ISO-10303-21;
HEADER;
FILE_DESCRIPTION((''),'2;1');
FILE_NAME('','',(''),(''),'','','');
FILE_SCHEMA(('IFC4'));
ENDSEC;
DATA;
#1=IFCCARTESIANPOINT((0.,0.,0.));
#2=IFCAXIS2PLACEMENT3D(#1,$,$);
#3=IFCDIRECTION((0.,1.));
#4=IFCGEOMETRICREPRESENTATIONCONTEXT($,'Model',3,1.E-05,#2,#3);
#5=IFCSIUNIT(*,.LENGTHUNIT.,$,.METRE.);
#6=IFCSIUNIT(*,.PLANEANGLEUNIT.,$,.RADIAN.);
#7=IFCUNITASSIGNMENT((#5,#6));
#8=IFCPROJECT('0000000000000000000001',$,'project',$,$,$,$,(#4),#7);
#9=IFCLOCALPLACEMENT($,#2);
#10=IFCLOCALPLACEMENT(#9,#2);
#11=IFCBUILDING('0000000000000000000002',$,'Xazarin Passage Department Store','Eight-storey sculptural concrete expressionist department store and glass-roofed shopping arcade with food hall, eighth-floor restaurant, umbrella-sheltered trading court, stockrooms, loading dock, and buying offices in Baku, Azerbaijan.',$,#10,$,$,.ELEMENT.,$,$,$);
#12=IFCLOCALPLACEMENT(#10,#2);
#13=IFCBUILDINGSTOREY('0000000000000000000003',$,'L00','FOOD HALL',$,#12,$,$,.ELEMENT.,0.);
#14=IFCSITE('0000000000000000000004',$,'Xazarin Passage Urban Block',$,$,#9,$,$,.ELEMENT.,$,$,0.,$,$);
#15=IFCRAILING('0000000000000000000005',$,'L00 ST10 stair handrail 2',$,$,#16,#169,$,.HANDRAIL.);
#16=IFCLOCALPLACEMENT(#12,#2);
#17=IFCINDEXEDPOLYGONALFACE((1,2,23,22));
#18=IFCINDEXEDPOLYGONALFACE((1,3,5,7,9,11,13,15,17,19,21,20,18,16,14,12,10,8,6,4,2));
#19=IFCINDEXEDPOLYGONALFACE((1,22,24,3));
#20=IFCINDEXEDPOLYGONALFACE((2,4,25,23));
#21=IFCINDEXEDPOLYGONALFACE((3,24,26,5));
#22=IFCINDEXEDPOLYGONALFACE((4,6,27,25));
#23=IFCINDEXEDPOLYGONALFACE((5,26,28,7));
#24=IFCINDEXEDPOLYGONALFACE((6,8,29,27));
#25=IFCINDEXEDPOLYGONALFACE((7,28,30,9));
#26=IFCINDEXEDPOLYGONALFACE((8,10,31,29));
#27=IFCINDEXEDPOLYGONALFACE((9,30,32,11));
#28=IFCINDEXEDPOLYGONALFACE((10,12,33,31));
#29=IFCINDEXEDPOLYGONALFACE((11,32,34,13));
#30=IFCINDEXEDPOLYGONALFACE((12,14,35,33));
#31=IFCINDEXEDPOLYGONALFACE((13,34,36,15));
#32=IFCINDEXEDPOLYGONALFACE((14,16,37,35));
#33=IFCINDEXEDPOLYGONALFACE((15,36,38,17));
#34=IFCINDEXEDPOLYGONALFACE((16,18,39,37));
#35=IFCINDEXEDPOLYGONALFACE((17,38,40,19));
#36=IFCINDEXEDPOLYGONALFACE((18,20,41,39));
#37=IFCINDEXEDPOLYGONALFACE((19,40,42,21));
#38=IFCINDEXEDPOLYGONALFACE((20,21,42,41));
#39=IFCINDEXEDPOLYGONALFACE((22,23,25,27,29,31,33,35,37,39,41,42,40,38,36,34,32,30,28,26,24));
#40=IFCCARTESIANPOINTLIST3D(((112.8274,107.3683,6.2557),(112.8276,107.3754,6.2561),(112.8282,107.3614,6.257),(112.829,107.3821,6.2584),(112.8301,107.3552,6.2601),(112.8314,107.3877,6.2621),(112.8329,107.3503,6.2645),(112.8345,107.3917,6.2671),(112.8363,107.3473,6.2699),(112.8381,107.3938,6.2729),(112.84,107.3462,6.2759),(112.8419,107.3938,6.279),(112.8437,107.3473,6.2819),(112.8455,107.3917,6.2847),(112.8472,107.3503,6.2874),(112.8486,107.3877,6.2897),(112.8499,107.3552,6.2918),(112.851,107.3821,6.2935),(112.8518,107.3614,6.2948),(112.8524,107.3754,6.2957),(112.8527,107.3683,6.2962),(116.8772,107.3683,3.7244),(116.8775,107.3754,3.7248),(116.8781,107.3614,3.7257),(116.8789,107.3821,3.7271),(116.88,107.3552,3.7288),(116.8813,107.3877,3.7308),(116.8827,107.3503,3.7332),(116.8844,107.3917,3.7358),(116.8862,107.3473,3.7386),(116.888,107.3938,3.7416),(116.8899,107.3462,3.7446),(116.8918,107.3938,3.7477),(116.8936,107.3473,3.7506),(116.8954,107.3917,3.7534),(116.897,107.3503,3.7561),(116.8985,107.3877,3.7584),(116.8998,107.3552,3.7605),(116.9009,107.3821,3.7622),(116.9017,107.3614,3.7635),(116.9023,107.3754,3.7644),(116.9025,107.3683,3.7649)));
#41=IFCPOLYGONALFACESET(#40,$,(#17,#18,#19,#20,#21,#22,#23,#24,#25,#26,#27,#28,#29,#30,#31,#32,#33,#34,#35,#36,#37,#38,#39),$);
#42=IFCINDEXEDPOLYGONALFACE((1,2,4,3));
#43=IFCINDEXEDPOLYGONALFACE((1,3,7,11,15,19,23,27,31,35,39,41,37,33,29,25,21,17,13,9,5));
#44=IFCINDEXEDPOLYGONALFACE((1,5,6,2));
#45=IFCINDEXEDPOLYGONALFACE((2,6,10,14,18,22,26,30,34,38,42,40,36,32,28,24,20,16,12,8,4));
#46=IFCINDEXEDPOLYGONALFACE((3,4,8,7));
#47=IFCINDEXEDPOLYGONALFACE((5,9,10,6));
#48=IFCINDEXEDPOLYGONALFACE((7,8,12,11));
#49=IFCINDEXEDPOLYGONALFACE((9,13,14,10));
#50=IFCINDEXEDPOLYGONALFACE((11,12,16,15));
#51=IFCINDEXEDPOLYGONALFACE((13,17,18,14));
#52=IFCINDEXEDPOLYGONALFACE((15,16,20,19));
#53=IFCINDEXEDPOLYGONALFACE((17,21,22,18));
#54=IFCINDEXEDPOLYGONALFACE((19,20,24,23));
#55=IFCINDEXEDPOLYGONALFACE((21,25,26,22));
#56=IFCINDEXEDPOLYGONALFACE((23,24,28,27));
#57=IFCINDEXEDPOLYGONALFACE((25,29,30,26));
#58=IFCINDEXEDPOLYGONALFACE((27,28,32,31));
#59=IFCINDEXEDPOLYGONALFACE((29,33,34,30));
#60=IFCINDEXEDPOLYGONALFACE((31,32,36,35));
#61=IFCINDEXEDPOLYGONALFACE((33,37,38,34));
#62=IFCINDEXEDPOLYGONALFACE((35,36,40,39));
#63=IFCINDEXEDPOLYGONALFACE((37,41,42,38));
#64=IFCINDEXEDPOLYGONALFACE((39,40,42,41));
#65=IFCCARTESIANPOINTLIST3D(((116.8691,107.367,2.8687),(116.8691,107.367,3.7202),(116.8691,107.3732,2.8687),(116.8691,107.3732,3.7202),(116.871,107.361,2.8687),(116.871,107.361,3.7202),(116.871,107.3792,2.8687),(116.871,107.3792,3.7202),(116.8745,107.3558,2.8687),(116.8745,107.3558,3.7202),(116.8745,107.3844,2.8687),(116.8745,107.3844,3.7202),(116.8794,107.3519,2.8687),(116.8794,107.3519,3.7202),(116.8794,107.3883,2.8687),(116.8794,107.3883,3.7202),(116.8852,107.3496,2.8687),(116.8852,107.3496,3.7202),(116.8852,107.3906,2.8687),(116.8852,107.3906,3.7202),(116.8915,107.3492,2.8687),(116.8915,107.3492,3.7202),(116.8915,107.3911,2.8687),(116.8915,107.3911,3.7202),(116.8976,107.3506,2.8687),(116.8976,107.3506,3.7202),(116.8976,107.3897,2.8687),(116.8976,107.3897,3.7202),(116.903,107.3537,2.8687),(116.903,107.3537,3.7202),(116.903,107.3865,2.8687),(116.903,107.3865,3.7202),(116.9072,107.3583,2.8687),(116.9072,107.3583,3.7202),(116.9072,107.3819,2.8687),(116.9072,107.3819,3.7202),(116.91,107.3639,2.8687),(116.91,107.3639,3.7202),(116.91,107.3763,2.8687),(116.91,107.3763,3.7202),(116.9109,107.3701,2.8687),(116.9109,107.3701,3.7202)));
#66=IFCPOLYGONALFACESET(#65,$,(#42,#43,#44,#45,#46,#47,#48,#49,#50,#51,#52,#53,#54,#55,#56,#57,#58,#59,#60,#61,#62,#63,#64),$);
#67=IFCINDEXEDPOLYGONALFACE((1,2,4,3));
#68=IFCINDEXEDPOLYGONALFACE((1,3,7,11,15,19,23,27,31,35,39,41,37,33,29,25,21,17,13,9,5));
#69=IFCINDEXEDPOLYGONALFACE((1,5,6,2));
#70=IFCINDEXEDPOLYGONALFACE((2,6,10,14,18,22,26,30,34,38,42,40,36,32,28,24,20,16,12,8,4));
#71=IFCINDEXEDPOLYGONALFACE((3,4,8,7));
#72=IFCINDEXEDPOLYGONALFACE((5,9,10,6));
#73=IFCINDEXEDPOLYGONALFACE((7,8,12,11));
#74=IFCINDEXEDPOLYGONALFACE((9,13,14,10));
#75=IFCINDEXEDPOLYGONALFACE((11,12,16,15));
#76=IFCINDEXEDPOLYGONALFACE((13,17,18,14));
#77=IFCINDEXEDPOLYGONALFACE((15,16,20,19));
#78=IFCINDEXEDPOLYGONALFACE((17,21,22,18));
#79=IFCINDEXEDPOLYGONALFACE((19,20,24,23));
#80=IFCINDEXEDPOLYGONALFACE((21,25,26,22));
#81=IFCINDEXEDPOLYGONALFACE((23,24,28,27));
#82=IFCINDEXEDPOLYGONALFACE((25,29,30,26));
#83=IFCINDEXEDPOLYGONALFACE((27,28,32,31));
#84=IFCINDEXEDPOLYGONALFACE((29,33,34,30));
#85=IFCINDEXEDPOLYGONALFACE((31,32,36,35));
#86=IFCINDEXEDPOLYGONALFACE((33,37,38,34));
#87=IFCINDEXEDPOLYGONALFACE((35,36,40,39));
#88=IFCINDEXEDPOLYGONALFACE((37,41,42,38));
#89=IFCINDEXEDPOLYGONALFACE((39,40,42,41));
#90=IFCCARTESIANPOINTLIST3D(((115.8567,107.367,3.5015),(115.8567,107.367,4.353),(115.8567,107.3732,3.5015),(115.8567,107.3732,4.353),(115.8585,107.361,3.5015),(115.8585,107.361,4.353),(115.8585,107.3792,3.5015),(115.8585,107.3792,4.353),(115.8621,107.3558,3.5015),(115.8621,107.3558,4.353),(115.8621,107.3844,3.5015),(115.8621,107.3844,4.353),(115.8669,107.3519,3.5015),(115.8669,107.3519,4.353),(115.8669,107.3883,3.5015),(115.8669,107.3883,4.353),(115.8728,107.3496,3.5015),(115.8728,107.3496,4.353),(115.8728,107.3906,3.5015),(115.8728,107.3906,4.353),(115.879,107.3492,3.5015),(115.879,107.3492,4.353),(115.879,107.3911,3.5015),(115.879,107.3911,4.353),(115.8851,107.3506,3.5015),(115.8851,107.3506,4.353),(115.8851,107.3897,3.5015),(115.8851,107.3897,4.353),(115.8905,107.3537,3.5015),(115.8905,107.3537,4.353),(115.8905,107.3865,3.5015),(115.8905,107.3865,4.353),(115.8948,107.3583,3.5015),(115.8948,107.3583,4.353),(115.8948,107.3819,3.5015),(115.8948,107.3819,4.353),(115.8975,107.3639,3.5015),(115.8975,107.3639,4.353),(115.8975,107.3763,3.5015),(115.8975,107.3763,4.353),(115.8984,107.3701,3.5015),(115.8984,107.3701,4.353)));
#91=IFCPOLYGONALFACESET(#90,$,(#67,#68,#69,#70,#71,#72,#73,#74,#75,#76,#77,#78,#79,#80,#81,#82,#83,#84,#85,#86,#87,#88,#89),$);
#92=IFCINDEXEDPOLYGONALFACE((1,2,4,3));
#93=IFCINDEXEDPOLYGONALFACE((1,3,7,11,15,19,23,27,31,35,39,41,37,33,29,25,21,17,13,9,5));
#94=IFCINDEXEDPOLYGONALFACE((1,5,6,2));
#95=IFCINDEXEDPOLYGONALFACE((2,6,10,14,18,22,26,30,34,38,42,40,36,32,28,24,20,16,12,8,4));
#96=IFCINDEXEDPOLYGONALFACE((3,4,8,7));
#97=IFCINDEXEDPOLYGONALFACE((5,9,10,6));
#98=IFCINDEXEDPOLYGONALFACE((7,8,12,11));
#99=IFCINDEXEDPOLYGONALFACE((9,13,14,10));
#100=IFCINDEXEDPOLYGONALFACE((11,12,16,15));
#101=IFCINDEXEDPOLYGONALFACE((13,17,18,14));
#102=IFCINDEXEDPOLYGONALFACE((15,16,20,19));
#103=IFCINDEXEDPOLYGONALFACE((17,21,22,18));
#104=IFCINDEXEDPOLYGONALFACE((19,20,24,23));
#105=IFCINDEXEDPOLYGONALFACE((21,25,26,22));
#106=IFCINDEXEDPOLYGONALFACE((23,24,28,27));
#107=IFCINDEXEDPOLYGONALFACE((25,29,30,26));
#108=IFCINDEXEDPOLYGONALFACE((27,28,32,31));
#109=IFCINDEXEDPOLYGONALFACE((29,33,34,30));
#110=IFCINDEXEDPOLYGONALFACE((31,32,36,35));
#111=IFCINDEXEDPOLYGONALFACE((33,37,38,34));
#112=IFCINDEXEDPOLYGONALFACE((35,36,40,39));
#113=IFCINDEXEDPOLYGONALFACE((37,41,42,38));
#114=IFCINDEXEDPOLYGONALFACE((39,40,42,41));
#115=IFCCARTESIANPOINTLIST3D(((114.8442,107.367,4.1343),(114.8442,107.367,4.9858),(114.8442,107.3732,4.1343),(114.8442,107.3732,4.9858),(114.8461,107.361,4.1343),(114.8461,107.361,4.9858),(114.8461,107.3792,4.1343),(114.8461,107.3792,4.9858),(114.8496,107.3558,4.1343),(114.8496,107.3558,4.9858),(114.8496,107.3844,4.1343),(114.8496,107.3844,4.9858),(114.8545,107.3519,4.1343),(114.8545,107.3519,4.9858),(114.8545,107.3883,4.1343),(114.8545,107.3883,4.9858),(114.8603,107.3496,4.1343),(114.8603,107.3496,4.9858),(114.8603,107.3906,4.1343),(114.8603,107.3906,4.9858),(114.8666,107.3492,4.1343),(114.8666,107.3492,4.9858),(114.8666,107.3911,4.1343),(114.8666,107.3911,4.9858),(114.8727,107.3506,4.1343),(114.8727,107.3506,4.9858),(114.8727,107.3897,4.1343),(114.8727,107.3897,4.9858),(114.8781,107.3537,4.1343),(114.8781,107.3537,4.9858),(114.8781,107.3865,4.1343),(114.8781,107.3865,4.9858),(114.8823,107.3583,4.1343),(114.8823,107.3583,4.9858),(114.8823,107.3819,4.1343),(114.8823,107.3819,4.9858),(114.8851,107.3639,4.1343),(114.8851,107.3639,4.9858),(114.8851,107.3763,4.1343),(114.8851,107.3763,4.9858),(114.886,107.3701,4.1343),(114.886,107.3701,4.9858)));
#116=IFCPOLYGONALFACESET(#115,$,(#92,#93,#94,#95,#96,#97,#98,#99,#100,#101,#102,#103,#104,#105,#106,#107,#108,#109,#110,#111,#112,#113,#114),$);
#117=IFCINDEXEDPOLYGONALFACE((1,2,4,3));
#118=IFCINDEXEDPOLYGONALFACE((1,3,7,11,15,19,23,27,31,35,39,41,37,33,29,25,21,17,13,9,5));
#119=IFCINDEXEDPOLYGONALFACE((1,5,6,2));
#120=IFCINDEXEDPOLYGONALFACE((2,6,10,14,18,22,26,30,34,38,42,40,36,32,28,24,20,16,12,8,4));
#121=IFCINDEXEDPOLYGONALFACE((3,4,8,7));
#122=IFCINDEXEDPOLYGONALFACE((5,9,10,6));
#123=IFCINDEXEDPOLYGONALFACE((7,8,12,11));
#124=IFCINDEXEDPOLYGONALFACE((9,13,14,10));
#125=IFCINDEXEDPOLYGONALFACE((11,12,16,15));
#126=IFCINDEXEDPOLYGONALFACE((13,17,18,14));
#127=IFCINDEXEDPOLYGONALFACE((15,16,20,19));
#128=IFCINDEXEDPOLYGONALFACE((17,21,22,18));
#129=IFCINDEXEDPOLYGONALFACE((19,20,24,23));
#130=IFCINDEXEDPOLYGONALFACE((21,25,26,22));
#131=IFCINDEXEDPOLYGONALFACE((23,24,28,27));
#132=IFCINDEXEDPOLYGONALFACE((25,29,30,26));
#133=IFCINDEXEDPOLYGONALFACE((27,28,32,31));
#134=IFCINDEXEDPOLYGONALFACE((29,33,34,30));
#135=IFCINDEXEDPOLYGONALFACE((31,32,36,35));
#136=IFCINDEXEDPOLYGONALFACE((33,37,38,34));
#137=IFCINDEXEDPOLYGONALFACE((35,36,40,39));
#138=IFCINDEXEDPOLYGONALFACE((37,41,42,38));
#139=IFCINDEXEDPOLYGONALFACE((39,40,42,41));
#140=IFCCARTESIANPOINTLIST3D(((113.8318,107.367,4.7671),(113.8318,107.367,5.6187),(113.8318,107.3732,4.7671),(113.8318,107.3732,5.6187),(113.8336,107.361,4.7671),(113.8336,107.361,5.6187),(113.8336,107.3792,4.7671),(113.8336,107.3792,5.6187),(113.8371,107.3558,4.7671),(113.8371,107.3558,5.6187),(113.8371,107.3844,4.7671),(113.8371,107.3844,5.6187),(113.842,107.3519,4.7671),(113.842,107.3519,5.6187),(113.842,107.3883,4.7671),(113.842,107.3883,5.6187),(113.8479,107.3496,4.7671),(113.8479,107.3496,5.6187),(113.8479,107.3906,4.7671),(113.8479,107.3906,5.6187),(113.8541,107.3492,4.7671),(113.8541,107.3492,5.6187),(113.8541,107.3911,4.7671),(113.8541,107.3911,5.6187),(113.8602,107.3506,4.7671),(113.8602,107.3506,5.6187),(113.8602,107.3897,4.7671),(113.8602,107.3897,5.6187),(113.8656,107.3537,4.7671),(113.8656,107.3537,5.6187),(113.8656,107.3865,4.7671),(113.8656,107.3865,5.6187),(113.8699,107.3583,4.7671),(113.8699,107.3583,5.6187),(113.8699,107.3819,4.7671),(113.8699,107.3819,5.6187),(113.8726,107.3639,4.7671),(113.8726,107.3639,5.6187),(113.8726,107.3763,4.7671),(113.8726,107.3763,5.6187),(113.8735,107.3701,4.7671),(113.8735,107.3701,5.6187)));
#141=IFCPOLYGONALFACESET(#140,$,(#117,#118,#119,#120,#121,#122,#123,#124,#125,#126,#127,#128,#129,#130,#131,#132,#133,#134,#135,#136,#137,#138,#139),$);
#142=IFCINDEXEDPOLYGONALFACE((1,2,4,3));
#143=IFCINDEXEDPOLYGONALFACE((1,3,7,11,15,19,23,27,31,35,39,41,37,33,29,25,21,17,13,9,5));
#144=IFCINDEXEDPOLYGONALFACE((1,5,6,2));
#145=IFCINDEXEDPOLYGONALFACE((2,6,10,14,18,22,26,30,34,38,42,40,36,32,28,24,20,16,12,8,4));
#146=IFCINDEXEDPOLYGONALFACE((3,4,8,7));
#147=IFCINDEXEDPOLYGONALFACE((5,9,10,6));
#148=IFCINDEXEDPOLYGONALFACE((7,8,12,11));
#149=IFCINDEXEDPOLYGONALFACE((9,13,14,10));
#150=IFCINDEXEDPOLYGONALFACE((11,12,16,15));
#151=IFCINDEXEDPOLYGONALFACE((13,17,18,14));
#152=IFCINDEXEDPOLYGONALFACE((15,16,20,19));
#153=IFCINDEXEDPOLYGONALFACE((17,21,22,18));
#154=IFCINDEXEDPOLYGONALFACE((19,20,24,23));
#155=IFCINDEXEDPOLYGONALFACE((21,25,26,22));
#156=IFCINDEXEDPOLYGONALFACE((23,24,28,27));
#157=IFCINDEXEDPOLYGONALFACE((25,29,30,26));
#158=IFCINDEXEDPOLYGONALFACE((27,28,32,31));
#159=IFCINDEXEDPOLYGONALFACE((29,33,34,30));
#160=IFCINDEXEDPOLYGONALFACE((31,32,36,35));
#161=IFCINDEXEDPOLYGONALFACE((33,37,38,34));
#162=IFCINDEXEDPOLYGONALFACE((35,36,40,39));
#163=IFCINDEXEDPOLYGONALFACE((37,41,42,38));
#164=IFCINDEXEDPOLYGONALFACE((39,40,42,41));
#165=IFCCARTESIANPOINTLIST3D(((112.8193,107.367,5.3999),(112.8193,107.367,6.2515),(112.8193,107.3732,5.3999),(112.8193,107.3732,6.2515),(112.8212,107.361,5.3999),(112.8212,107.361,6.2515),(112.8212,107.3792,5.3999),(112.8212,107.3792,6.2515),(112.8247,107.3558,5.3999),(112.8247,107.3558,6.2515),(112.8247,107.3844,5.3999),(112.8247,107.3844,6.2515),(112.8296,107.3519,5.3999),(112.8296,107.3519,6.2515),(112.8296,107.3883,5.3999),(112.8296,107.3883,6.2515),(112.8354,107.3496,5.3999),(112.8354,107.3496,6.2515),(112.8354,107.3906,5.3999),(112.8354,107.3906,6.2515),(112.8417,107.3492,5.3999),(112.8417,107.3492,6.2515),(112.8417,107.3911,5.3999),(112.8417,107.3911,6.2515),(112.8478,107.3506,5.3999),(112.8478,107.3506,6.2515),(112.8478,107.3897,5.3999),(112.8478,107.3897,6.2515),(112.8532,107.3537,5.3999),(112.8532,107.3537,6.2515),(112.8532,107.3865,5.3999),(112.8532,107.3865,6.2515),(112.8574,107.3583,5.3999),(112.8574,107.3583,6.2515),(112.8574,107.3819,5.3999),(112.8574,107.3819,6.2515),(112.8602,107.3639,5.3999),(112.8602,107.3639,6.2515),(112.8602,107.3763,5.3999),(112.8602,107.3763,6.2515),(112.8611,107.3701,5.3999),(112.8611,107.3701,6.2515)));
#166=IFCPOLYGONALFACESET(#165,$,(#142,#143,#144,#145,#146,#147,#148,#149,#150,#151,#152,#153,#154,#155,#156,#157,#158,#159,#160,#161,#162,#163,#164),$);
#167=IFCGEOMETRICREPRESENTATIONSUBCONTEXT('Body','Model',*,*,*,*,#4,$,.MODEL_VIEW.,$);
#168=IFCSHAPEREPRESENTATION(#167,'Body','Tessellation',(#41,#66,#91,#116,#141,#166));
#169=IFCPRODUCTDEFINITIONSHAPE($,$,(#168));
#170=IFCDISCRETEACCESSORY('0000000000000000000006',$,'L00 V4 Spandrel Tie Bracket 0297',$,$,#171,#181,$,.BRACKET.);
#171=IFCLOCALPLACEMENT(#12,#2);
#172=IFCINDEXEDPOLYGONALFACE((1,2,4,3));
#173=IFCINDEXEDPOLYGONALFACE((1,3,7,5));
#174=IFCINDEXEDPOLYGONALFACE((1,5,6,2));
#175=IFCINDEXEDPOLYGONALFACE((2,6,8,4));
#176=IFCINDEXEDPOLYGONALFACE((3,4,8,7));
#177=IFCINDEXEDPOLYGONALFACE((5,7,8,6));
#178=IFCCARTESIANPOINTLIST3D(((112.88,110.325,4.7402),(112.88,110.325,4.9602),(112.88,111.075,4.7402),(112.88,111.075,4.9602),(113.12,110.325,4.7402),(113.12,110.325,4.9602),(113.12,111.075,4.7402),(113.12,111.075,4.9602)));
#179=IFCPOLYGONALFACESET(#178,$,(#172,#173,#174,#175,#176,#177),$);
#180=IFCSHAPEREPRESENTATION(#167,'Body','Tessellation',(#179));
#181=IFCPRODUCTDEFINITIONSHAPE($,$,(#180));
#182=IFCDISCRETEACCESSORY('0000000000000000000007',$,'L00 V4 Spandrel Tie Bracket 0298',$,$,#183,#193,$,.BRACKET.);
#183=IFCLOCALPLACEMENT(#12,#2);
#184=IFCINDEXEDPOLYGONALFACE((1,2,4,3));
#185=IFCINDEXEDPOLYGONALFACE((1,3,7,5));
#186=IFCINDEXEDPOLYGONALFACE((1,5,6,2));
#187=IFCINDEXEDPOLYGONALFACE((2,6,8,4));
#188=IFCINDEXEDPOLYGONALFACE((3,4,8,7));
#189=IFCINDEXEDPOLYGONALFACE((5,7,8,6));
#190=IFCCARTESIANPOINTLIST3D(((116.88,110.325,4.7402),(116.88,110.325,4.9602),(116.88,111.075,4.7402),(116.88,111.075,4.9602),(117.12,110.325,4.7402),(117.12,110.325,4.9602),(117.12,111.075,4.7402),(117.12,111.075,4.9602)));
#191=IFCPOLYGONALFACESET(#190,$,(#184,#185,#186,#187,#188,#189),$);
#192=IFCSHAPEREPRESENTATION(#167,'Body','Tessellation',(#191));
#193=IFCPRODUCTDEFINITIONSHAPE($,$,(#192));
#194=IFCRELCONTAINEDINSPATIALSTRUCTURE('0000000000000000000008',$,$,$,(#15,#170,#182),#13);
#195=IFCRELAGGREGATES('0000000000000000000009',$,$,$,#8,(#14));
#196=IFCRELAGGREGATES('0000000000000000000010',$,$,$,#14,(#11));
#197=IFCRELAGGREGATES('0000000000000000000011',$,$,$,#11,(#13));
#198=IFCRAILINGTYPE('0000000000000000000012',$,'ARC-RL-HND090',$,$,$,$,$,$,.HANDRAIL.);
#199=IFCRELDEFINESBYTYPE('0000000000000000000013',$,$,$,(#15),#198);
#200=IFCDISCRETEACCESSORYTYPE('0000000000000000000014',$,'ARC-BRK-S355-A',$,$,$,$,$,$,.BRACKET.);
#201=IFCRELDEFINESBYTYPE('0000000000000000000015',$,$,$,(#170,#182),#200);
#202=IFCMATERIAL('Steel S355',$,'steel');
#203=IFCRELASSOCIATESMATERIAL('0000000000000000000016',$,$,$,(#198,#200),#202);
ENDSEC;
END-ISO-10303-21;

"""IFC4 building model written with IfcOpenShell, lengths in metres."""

from ifc_helpers import new_model, si_unit, direction, frame, origin, origin_2d, place, context, subcontext, project, spatial, rectangle, circle, extrude, material, type_object, element, save


model = new_model("IFC4")

# Units and contexts
model_context = context("Model", 3, precision=1e-05, world=origin(), true_north=direction((0.0, 1.0)))
body_context = subcontext(model_context, "Body", "Model", "MODEL_VIEW")
ifc_project = project(units=[si_unit("LENGTHUNIT", "METRE"), si_unit("PLANEANGLEUNIT", "RADIAN")], contexts=[model_context])

# Site, building, storey
site_placement = place(None, origin())
site = spatial("IfcSite", under=ifc_project, at=site_placement, Name="Xazarin Passage Urban Block", CompositionType="ELEMENT", RefElevation=0.0)
building_placement = place(site_placement, origin())
building = spatial("IfcBuilding", under=site, at=building_placement, Name="Xazarin Passage Department Store", Description="Eight-storey sculptural concrete expressionist department store and glass-roofed shopping arcade with food hall, eighth-floor restaurant, umbrella-sheltered trading court, stockrooms, loading dock, and buying offices in Baku, Azerbaijan.", CompositionType="ELEMENT")
storey_placement = place(building_placement, origin())
storey = spatial("IfcBuildingStorey", under=building, at=storey_placement, Name="L00", Description="FOOD HALL", CompositionType="ELEMENT", Elevation=0.0)

# Railing
ifc_material_1 = material(Name="Steel S355", Category="steel")
railing_type_1 = type_object("IfcRailingType", Name="ARC-RL-HND090", PredefinedType="HANDRAIL", material=ifc_material_1)
railing_1_placement = place(storey_placement, frame((116.8899, 107.3701, 2.8687)))
element("IfcRailing", 1, at=railing_1_placement, inside=storey, type_object=railing_type_1, Name="L00 ST10 stair handrail 2", PredefinedType="HANDRAIL", context=body_context, shape_type="SweptSolid", body=[
    extrude(circle(Radius=0.0239, at=origin_2d()), frame((0.0, 0.0, 0.876), z_axis=(-0.847987, 0.0, 0.530017), x_axis=(0.0, -1.0, 0.0)), (0.0, 0.0, 1.0), 4.7759),
    extrude(circle(Radius=0.021, at=origin_2d()), origin(), (0.0, 0.0, 1.0), 0.8516),
    extrude(circle(Radius=0.021, at=origin_2d()), frame((-1.0125, 0.0, 0.6328)), (0.0, 0.0, 1.0), 0.8516),
    extrude(circle(Radius=0.021, at=origin_2d()), frame((-2.0249, 0.0, 1.2656)), (0.0, 0.0, 1.0), 0.8516),
    extrude(circle(Radius=0.021, at=origin_2d()), frame((-3.0374, 0.0, 1.8984)), (0.0, 0.0, 1.0), 0.8516),
    extrude(circle(Radius=0.021, at=origin_2d()), frame((-4.0498, 0.0, 2.5312)), (0.0, 0.0, 1.0), 0.8516),
])

# Discrete accessories
discrete_accessory_type = type_object("IfcDiscreteAccessoryType", Name="ARC-BRK-S355-A", PredefinedType="BRACKET", material=ifc_material_1)
for number, where, z_axis, x_axis, name in (
    (2, (113.0, 110.7, 4.7402), (0.0, 0.0, 1.0), (1.0, 0.0, 0.0), "L00 V4 Spandrel Tie Bracket 0297"),
    (3, (117.0, 110.7, 4.7402), (0.0, 0.0, 1.0), (1.0, 0.0, 0.0), "L00 V4 Spandrel Tie Bracket 0298"),
):
    element("IfcDiscreteAccessory", number, at=place(storey_placement, frame(where, z_axis=z_axis, x_axis=x_axis)), inside=storey, type_object=discrete_accessory_type, Name=name, PredefinedType="BRACKET", context=body_context, shape_type="SweptSolid", body=[
        extrude(rectangle(XDim=0.24, YDim=0.75, at=origin_2d()), origin(), (0.0, 0.0, 1.0), 0.22),
    ])

save(model, "model.ifc")
